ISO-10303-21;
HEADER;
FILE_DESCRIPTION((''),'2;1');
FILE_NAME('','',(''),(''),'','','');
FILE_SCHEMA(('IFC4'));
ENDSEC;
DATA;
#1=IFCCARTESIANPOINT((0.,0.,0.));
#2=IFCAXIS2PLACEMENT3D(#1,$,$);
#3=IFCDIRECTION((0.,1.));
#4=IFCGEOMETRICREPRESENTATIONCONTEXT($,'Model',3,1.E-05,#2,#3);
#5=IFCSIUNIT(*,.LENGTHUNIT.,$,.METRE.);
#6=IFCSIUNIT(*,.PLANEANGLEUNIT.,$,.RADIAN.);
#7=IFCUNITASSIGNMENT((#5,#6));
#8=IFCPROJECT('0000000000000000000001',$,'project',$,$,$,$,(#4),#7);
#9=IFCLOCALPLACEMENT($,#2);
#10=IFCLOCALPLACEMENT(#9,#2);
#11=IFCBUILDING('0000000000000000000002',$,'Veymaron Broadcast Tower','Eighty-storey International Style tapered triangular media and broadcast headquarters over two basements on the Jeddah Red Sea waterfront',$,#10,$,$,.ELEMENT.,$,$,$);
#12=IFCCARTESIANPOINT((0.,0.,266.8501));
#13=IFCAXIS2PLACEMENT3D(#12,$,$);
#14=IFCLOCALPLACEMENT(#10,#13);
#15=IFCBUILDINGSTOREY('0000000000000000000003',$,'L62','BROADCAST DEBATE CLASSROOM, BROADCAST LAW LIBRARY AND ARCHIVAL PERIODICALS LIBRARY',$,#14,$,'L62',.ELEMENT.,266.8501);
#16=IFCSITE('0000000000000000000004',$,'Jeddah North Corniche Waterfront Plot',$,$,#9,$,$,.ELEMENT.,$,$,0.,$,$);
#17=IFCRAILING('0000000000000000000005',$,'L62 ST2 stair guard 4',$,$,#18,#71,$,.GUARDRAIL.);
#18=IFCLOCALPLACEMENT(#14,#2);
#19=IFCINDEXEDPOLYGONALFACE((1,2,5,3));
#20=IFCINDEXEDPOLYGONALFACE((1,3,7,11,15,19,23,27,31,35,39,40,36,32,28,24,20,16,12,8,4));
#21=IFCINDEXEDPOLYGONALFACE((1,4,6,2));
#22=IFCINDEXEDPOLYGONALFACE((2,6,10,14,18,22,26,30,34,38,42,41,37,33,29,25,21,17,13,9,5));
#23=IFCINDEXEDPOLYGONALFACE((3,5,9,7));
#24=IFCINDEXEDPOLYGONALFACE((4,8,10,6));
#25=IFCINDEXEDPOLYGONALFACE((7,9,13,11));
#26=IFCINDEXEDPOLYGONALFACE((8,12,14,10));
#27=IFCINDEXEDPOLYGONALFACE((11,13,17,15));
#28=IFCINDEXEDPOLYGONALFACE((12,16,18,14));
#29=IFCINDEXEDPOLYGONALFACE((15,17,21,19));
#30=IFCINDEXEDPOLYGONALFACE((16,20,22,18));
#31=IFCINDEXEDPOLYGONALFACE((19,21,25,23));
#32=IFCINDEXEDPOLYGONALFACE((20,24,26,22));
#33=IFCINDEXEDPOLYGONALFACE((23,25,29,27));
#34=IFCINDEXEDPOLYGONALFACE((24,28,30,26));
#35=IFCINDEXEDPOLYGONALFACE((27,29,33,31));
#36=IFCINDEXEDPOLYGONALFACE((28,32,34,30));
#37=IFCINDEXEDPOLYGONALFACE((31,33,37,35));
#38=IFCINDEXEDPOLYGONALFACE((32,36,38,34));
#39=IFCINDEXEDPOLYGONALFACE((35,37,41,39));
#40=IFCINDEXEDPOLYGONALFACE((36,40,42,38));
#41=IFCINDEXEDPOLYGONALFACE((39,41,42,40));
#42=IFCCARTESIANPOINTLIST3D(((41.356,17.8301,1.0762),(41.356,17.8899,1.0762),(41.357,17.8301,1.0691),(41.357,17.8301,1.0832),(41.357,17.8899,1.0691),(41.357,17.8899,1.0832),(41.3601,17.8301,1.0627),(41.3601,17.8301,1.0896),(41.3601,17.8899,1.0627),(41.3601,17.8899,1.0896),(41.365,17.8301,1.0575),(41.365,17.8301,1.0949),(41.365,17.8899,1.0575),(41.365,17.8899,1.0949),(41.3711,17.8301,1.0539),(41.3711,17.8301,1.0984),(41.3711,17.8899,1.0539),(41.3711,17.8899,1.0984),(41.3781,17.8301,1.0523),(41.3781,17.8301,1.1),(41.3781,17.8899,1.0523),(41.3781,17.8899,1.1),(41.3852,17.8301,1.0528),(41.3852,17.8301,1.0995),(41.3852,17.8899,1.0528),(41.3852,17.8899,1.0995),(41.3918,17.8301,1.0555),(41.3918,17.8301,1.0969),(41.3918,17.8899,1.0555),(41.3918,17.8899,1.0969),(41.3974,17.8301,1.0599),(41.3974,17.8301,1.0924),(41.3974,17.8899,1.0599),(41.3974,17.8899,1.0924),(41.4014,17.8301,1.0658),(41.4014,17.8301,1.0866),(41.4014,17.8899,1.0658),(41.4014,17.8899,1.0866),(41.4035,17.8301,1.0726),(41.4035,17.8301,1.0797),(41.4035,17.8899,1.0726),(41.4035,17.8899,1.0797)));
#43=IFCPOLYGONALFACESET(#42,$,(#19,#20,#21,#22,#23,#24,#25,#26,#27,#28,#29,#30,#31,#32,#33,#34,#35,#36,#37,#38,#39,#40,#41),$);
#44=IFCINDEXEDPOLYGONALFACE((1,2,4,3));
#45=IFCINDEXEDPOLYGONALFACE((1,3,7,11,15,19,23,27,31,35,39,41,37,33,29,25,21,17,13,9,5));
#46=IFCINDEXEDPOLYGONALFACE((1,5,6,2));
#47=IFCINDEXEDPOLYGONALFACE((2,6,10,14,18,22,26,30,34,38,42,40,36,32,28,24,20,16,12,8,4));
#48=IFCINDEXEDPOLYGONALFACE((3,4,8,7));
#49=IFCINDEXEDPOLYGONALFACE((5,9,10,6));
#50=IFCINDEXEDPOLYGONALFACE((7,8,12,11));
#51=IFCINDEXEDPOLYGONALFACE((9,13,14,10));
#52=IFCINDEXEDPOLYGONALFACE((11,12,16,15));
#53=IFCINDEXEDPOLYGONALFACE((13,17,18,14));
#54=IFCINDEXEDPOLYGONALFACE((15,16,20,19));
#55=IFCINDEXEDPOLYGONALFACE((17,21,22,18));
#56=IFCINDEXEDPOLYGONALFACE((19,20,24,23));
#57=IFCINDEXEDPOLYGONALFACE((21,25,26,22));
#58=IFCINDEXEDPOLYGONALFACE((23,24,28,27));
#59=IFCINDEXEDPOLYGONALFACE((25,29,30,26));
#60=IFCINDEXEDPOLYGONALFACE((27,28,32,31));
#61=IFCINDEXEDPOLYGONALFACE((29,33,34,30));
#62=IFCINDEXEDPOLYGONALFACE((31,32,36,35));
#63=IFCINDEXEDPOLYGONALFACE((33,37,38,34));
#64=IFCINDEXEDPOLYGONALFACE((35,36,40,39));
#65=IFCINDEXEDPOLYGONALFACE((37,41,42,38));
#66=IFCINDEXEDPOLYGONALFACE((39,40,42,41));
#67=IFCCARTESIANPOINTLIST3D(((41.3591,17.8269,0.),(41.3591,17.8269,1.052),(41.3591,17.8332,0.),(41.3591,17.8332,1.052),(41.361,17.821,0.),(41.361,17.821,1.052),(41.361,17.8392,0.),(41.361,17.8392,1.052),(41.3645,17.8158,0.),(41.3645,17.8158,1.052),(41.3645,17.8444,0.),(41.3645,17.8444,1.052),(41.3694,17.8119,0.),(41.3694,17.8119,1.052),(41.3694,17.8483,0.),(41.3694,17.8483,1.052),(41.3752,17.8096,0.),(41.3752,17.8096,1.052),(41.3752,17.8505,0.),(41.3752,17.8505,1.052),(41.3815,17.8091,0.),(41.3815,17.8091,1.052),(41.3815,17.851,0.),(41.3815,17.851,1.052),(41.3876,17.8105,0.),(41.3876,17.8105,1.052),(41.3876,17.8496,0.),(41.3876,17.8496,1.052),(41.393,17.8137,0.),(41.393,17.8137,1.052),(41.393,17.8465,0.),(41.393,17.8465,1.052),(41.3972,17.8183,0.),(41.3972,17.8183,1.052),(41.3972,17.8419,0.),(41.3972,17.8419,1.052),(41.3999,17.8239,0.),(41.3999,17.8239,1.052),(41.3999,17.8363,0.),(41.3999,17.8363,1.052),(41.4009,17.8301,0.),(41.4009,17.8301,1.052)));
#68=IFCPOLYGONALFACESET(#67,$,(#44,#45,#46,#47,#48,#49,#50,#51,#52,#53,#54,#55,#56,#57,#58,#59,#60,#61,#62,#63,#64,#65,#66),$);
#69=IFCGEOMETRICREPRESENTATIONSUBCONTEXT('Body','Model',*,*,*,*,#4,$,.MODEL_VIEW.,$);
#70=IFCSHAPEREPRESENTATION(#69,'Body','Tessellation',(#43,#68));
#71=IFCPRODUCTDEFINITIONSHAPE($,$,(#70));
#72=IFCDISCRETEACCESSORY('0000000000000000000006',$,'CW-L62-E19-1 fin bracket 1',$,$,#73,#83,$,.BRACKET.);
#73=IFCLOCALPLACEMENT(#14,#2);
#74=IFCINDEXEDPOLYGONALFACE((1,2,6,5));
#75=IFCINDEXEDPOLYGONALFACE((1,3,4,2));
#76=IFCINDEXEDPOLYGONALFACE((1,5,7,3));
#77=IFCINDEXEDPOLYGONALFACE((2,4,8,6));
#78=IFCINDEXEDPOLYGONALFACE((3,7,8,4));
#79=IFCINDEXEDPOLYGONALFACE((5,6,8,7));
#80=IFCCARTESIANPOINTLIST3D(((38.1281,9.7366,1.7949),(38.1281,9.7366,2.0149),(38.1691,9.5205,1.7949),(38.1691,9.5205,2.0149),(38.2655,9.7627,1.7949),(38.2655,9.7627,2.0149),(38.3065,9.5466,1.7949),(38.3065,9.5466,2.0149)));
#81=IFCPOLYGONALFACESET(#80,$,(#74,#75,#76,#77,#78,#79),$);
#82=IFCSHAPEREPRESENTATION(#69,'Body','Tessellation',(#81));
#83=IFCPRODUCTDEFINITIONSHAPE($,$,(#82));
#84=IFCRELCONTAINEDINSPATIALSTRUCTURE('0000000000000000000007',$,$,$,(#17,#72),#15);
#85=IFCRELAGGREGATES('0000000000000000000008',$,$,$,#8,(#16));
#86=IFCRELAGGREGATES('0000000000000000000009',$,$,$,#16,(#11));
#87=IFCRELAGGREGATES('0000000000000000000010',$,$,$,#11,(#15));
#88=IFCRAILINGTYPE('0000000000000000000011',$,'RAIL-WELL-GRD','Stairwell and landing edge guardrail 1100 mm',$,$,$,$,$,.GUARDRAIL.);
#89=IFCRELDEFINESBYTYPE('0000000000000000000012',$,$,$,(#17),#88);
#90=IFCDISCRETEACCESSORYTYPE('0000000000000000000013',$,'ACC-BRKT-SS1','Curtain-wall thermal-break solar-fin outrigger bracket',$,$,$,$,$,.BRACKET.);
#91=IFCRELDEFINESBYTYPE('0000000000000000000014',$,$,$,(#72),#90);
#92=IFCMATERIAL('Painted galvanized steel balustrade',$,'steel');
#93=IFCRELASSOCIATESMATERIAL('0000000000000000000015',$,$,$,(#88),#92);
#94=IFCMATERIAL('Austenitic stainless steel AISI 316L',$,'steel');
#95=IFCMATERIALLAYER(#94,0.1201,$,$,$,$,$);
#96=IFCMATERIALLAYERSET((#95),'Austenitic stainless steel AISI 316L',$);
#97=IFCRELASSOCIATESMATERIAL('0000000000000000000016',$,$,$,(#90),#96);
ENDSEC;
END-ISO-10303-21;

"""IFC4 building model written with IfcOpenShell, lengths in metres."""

from ifc_helpers import new_model, si_unit, direction, frame, origin, origin_2d, place, context, subcontext, project, spatial, rectangle, circle, extrude, material, layer, layer_set, type_object, element, save


model = new_model("IFC4")

# Units and contexts
model_context = context("Model", 3, precision=1e-05, world=origin(), true_north=direction((0.0, 1.0)))
body_context = subcontext(model_context, "Body", "Model", "MODEL_VIEW")
ifc_project = project(units=[si_unit("LENGTHUNIT", "METRE"), si_unit("PLANEANGLEUNIT", "RADIAN")], contexts=[model_context])

# Site, building, storey
site_placement = place(None, origin())
site = spatial("IfcSite", under=ifc_project, at=site_placement, Name="Jeddah North Corniche Waterfront Plot", CompositionType="ELEMENT", RefElevation=0.0)
building_placement = place(site_placement, origin())
building = spatial("IfcBuilding", under=site, at=building_placement, Name="Veymaron Broadcast Tower", Description="Eighty-storey International Style tapered triangular media and broadcast headquarters over two basements on the Jeddah Red Sea waterfront", CompositionType="ELEMENT")
storey_placement = place(building_placement, frame((0.0, 0.0, 266.8501)))
storey = spatial("IfcBuildingStorey", under=building, at=storey_placement, Name="L62", Description="BROADCAST DEBATE CLASSROOM, BROADCAST LAW LIBRARY AND ARCHIVAL PERIODICALS LIBRARY", LongName="L62", CompositionType="ELEMENT", Elevation=266.8501)

# Railing
ifc_material_1 = material(Name="Painted galvanized steel balustrade", Category="steel")
railing_type_1 = type_object("IfcRailingType", Name="RAIL-WELL-GRD", Description="Stairwell and landing edge guardrail 1100 mm", PredefinedType="GUARDRAIL", material=ifc_material_1)
railing_1_placement = place(storey_placement, frame((41.3799, 17.8301, 0.0)))
element("IfcRailing", 1, at=railing_1_placement, inside=storey, type_object=railing_type_1, Name="L62 ST2 stair guard 4", PredefinedType="GUARDRAIL", context=body_context, shape_type="SweptSolid", body=[
    extrude(circle(Radius=0.0239, at=origin_2d()), frame((0.0, 0.0, 1.0762), z_axis=(0.0, 1.0, 0.0), x_axis=(-1.0, 0.0, 0.0)), (0.0, 0.0, 1.0), 0.0598),
    extrude(circle(Radius=0.021, at=origin_2d()), origin(), (0.0, 0.0, 1.0), 1.052),
])

# Discrete accessory
ifc_material_2 = material(Name="Austenitic stainless steel AISI 316L", Category="steel")
ifc_layer_1 = layer(ifc_material_2, 0.1201)
ifc_layer_set_1 = layer_set([ifc_layer_1], Name="Austenitic stainless steel AISI 316L")
discrete_accessory_type = type_object("IfcDiscreteAccessoryType", Name="ACC-BRKT-SS1", Description="Curtain-wall thermal-break solar-fin outrigger bracket", PredefinedType="BRACKET", material=ifc_layer_set_1)
discrete_accessory_placement = place(storey_placement, frame((38.2173, 9.6416, 1.7949), z_axis=(0.0, 0.0, 1.0), x_axis=(0.18637, -0.98248, 0.0)))
element("IfcDiscreteAccessory", 2, at=discrete_accessory_placement, inside=storey, type_object=discrete_accessory_type, Name="CW-L62-E19-1 fin bracket 1", PredefinedType="BRACKET", context=body_context, shape_type="SweptSolid", body=[
    extrude(rectangle(XDim=0.22, YDim=0.1399, at=origin_2d()), origin(), (0.0, 0.0, 1.0), 0.22),
])

save(model, "model.ifc")
